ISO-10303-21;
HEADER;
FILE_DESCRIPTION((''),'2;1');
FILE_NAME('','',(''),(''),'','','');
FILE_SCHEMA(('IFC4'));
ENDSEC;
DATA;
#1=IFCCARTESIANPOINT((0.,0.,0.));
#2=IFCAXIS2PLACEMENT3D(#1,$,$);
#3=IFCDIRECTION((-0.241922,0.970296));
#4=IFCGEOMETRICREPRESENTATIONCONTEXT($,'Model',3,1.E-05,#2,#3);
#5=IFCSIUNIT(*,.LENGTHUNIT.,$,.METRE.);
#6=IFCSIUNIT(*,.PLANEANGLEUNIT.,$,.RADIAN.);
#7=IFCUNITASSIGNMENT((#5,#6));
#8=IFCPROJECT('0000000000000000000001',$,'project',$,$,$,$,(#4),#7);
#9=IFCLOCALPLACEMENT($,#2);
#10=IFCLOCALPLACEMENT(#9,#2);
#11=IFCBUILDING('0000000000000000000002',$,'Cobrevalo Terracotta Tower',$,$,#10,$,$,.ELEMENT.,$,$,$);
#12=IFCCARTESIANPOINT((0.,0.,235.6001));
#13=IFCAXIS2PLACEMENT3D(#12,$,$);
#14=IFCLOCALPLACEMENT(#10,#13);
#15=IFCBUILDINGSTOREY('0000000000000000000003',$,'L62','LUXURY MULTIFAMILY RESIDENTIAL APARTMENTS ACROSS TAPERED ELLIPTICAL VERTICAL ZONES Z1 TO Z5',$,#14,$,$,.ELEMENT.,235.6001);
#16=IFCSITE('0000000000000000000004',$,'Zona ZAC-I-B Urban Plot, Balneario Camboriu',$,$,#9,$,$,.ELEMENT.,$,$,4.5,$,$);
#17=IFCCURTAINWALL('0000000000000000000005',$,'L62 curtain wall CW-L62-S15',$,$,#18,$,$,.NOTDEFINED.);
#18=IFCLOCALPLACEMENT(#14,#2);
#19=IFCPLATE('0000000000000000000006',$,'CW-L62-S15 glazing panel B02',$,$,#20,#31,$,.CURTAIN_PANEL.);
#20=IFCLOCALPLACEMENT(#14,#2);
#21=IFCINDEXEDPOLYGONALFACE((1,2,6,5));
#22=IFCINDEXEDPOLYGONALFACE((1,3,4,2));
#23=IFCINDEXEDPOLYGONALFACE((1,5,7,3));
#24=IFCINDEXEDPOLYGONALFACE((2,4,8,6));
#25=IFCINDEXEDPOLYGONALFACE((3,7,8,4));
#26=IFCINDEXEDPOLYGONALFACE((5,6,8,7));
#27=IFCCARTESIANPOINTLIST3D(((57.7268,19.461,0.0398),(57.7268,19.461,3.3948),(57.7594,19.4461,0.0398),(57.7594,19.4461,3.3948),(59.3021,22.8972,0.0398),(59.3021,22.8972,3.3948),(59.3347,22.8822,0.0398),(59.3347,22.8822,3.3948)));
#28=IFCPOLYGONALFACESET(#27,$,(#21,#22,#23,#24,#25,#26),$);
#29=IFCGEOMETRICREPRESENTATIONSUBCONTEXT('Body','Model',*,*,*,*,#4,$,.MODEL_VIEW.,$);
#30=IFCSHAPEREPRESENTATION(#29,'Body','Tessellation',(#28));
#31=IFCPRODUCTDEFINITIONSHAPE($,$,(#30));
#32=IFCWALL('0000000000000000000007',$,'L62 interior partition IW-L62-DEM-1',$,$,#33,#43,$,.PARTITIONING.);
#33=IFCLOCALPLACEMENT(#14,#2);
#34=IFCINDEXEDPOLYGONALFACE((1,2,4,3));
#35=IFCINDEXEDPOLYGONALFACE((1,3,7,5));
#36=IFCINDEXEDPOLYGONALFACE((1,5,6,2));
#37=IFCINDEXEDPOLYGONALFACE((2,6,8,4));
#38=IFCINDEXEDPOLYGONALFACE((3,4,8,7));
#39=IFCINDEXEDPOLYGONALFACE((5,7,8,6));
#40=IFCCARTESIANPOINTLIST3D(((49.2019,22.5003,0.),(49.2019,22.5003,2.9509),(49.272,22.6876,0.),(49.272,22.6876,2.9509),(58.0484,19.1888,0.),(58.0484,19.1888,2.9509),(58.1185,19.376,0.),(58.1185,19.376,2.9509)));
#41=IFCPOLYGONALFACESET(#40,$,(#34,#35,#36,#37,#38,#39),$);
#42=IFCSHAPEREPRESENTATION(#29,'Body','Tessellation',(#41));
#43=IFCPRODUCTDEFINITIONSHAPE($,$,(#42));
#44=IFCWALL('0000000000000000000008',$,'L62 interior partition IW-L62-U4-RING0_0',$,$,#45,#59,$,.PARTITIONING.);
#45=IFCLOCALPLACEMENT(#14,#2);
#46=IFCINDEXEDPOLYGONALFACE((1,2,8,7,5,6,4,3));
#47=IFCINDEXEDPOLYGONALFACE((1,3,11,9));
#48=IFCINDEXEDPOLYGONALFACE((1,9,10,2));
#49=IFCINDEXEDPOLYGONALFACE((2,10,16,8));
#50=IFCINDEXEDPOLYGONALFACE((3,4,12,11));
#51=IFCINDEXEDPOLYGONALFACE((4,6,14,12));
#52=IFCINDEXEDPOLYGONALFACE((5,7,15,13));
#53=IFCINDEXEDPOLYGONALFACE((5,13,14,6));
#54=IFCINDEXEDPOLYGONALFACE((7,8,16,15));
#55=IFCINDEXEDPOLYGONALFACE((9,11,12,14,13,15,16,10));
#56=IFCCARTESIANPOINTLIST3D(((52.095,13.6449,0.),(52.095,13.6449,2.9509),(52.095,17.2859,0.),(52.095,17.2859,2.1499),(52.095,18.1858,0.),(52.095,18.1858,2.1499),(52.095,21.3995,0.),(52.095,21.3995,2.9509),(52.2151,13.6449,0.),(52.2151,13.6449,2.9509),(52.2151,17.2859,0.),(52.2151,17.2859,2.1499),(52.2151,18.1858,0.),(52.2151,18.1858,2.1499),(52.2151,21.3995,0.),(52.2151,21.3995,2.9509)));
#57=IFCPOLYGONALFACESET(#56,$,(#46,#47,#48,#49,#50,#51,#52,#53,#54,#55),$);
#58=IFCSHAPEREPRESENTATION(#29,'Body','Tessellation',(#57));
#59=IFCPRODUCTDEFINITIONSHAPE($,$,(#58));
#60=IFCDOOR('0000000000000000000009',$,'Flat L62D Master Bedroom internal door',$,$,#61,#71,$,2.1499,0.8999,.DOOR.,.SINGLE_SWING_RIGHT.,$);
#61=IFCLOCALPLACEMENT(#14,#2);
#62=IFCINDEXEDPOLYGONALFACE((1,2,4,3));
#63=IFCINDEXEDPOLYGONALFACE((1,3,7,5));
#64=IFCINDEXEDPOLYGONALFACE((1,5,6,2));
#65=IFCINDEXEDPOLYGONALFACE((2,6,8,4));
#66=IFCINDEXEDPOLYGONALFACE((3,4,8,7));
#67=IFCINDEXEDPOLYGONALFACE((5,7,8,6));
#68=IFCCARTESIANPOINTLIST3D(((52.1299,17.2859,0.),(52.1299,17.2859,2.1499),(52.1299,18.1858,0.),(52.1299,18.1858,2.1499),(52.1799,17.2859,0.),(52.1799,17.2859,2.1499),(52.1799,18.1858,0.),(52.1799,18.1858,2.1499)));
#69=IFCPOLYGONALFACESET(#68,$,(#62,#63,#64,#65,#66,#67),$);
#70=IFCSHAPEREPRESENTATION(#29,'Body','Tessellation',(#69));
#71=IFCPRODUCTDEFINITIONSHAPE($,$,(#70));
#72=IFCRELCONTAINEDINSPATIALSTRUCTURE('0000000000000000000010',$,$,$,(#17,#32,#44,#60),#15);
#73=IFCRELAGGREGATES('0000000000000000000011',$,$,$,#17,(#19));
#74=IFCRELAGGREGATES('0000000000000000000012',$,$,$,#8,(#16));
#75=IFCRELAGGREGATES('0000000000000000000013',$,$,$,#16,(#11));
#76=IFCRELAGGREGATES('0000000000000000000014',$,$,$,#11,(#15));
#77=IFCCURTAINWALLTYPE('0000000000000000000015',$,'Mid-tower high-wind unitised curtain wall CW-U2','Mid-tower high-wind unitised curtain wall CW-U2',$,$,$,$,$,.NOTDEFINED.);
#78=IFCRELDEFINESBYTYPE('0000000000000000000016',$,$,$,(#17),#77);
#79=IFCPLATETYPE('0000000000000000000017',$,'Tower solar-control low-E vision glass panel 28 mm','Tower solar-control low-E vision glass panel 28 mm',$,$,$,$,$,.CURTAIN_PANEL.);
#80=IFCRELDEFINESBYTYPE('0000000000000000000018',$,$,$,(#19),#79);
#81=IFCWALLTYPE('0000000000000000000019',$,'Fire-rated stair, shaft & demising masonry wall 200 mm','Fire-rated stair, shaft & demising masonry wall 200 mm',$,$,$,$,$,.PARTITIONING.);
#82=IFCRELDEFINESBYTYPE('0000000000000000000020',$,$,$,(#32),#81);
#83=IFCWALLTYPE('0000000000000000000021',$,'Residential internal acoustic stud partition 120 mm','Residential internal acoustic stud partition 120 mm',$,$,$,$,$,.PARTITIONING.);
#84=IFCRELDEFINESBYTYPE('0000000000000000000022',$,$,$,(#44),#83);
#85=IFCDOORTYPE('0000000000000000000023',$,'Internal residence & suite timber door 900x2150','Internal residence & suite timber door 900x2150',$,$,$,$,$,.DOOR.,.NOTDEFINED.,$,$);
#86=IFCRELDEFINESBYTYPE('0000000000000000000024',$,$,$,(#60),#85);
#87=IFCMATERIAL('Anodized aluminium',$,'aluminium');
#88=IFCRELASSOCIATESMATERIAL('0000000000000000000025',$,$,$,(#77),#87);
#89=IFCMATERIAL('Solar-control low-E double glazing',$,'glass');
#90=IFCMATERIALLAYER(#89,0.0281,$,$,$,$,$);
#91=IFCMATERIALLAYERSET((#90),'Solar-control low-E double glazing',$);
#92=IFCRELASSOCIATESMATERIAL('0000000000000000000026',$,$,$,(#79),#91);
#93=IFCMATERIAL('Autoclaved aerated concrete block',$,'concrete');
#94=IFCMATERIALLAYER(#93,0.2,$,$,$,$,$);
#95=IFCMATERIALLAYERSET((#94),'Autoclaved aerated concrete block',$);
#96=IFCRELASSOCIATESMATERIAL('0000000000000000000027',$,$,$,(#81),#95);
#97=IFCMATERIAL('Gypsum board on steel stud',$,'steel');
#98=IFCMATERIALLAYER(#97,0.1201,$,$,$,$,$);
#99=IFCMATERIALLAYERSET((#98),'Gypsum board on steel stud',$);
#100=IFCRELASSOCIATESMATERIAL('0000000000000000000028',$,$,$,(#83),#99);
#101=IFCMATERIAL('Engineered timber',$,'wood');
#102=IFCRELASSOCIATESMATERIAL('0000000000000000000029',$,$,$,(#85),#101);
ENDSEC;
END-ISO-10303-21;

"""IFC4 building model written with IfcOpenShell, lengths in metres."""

from ifc_helpers import new_model, si_unit, direction, frame, frame_2d, origin, origin_2d, place, context, subcontext, project, spatial, rectangle, extrude, source, transform, mapped, material, layer, layer_set, type_object, element, fill, aggregate, save


model = new_model("IFC4")

# Units and contexts
model_context = context("Model", 3, precision=1e-05, world=origin(), true_north=direction((-0.241922, 0.970296)))
body_context = subcontext(model_context, "Body", "Model", "MODEL_VIEW")
ifc_project = project(units=[si_unit("LENGTHUNIT", "METRE"), si_unit("PLANEANGLEUNIT", "RADIAN")], contexts=[model_context])

# Site, building, storey
site_placement = place(None, origin())
site = spatial("IfcSite", under=ifc_project, at=site_placement, Name="Zona ZAC-I-B Urban Plot, Balneario Camboriu", CompositionType="ELEMENT", RefElevation=4.5)
building_placement = place(site_placement, origin())
building = spatial("IfcBuilding", under=site, at=building_placement, Name="Cobrevalo Terracotta Tower", CompositionType="ELEMENT")
storey_placement = place(building_placement, frame((0.0, 0.0, 235.6001)))
storey = spatial("IfcBuildingStorey", under=building, at=storey_placement, Name="L62", Description="LUXURY MULTIFAMILY RESIDENTIAL APARTMENTS ACROSS TAPERED ELLIPTICAL VERTICAL ZONES Z1 TO Z5", CompositionType="ELEMENT", Elevation=235.6001)

# Curtain wall
ifc_material_1 = material(Name="Anodized aluminium", Category="aluminium")
curtain_wall_type = type_object("IfcCurtainWallType", Name="Mid-tower high-wind unitised curtain wall CW-U2", Description="Mid-tower high-wind unitised curtain wall CW-U2", PredefinedType="NOTDEFINED", material=ifc_material_1)
curtain_wall_1_placement = place(storey_placement, origin())
curtain_wall_1 = element("IfcCurtainWall", 1, at=curtain_wall_1_placement, inside=storey, type_object=curtain_wall_type, Name="L62 curtain wall CW-L62-S15", PredefinedType="NOTDEFINED")

# Plate
ifc_material_2 = material(Name="Solar-control low-E double glazing", Category="glass")
ifc_layer_1 = layer(ifc_material_2, 0.0281)
ifc_layer_set_1 = layer_set([ifc_layer_1], Name="Solar-control low-E double glazing")
plate_type = type_object("IfcPlateType", Name="Tower solar-control low-E vision glass panel 28 mm", Description="Tower solar-control low-E vision glass panel 28 mm", PredefinedType="CURTAIN_PANEL", material=ifc_layer_set_1)
shared_shape_1 = source(origin(), body_context, "Body", "SweptSolid", [
    extrude(rectangle(XDim=3.78, YDim=0.0359, at=origin_2d()), origin(), (0.0, 0.0, 1.0), 3.355),
])
plate_1_placement = place(storey_placement, frame((58.5308, 21.1716, 0.0398), z_axis=(0.0, 0.0, 1.0), x_axis=(0.416731, 0.90903, 0.0)))
plate_1 = element("IfcPlate", 2, at=plate_1_placement, type_object=plate_type, Name="CW-L62-S15 glazing panel B02", PredefinedType="CURTAIN_PANEL", context=body_context, shape_type="MappedRepresentation", body=[
    mapped(shared_shape_1, transform((0.0, 0.0, 0.0), scale=1.0)),
])
aggregate(curtain_wall_1, [plate_1])

# Wall
ifc_material_3 = material(Name="Autoclaved aerated concrete block", Category="concrete")
ifc_layer_2 = layer(ifc_material_3, 0.2)
ifc_layer_set_2 = layer_set([ifc_layer_2], Name="Autoclaved aerated concrete block")
wall_type_1 = type_object("IfcWallType", Name="Fire-rated stair, shaft & demising masonry wall 200 mm", Description="Fire-rated stair, shaft & demising masonry wall 200 mm", PredefinedType="PARTITIONING", material=ifc_layer_set_2)
wall_1_placement = place(storey_placement, frame((49.2368, 22.594, 0.0), z_axis=(0.0, 0.0, 1.0), x_axis=(0.936534, -0.350577, 0.0)))
element("IfcWall", 3, at=wall_1_placement, inside=storey, type_object=wall_type_1, Name="L62 interior partition IW-L62-DEM-1", PredefinedType="PARTITIONING", context=body_context, shape_type="SweptSolid", body=[
    extrude(rectangle(XDim=9.446, YDim=0.2, at=frame_2d((4.7231, 0.0))), origin(), (0.0, 0.0, 1.0), 2.9509),
])

# Wall, opening, door
ifc_material_4 = material(Name="Gypsum board on steel stud", Category="steel")
ifc_layer_3 = layer(ifc_material_4, 0.1201)
ifc_layer_set_3 = layer_set([ifc_layer_3], Name="Gypsum board on steel stud")
wall_type_2 = type_object("IfcWallType", Name="Residential internal acoustic stud partition 120 mm", Description="Residential internal acoustic stud partition 120 mm", PredefinedType="PARTITIONING", material=ifc_layer_set_3)
wall_2_placement = place(storey_placement, frame((52.155, 21.3997, 0.0), z_axis=(0.0, 0.0, 1.0), x_axis=(0.0, -1.0, 0.0)))
wall_2 = element("IfcWall", 4, at=wall_2_placement, inside=storey, type_object=wall_type_2, Name="L62 interior partition IW-L62-U4-RING0_0", PredefinedType="PARTITIONING", context=body_context, shape_type="SweptSolid", body=[
    extrude(rectangle(XDim=7.7546, YDim=0.1201, at=frame_2d((3.8774, 0.0))), origin(), (0.0, 0.0, 1.0), 2.9509),
])
opening_1_placement = place(wall_2_placement, frame((3.2139, 0.0, 0.0)))
opening_1 = element("IfcOpeningElement", 5, at=opening_1_placement, cuts=wall_2, PredefinedType="OPENING", context=body_context, shape_type="SweptSolid", body=[
    extrude(rectangle(XDim=0.8999, YDim=2.1499, at=frame_2d((0.45, 1.075))), frame((0.0, 0.0701, 0.0), z_axis=(0.0, -1.0, 0.0), x_axis=(1.0, 0.0, 0.0)), (0.0, 0.0, 1.0), 0.1401),
])
ifc_material_5 = material(Name="Engineered timber", Category="wood")
door_type = type_object("IfcDoorType", Name="Internal residence & suite timber door 900x2150", Description="Internal residence & suite timber door 900x2150", OperationType="NOTDEFINED", PredefinedType="DOOR", material=ifc_material_5)
shared_shape_2 = source(origin(), body_context, "Body", "SweptSolid", [
    extrude(rectangle(XDim=0.8999, YDim=2.1499, at=frame_2d((0.45, 1.075))), frame((0.0, 0.0249, 0.0), z_axis=(0.0, -1.0, 0.0), x_axis=(1.0, 0.0, 0.0)), (0.0, 0.0, 1.0), 0.05),
])
door_1_placement = place(opening_1_placement, origin())
door_1 = element("IfcDoor", 6, at=door_1_placement, inside=storey, type_object=door_type, Name="Flat L62D Master Bedroom internal door", OperationType="SINGLE_SWING_RIGHT", OverallHeight=2.1499, OverallWidth=0.8999, PredefinedType="DOOR", context=body_context, shape_type="MappedRepresentation", body=[
    mapped(shared_shape_2, transform((0.0, 0.0, 0.0), scale=1.0)),
])
fill(opening_1, door_1)

save(model, "model.ifc")
